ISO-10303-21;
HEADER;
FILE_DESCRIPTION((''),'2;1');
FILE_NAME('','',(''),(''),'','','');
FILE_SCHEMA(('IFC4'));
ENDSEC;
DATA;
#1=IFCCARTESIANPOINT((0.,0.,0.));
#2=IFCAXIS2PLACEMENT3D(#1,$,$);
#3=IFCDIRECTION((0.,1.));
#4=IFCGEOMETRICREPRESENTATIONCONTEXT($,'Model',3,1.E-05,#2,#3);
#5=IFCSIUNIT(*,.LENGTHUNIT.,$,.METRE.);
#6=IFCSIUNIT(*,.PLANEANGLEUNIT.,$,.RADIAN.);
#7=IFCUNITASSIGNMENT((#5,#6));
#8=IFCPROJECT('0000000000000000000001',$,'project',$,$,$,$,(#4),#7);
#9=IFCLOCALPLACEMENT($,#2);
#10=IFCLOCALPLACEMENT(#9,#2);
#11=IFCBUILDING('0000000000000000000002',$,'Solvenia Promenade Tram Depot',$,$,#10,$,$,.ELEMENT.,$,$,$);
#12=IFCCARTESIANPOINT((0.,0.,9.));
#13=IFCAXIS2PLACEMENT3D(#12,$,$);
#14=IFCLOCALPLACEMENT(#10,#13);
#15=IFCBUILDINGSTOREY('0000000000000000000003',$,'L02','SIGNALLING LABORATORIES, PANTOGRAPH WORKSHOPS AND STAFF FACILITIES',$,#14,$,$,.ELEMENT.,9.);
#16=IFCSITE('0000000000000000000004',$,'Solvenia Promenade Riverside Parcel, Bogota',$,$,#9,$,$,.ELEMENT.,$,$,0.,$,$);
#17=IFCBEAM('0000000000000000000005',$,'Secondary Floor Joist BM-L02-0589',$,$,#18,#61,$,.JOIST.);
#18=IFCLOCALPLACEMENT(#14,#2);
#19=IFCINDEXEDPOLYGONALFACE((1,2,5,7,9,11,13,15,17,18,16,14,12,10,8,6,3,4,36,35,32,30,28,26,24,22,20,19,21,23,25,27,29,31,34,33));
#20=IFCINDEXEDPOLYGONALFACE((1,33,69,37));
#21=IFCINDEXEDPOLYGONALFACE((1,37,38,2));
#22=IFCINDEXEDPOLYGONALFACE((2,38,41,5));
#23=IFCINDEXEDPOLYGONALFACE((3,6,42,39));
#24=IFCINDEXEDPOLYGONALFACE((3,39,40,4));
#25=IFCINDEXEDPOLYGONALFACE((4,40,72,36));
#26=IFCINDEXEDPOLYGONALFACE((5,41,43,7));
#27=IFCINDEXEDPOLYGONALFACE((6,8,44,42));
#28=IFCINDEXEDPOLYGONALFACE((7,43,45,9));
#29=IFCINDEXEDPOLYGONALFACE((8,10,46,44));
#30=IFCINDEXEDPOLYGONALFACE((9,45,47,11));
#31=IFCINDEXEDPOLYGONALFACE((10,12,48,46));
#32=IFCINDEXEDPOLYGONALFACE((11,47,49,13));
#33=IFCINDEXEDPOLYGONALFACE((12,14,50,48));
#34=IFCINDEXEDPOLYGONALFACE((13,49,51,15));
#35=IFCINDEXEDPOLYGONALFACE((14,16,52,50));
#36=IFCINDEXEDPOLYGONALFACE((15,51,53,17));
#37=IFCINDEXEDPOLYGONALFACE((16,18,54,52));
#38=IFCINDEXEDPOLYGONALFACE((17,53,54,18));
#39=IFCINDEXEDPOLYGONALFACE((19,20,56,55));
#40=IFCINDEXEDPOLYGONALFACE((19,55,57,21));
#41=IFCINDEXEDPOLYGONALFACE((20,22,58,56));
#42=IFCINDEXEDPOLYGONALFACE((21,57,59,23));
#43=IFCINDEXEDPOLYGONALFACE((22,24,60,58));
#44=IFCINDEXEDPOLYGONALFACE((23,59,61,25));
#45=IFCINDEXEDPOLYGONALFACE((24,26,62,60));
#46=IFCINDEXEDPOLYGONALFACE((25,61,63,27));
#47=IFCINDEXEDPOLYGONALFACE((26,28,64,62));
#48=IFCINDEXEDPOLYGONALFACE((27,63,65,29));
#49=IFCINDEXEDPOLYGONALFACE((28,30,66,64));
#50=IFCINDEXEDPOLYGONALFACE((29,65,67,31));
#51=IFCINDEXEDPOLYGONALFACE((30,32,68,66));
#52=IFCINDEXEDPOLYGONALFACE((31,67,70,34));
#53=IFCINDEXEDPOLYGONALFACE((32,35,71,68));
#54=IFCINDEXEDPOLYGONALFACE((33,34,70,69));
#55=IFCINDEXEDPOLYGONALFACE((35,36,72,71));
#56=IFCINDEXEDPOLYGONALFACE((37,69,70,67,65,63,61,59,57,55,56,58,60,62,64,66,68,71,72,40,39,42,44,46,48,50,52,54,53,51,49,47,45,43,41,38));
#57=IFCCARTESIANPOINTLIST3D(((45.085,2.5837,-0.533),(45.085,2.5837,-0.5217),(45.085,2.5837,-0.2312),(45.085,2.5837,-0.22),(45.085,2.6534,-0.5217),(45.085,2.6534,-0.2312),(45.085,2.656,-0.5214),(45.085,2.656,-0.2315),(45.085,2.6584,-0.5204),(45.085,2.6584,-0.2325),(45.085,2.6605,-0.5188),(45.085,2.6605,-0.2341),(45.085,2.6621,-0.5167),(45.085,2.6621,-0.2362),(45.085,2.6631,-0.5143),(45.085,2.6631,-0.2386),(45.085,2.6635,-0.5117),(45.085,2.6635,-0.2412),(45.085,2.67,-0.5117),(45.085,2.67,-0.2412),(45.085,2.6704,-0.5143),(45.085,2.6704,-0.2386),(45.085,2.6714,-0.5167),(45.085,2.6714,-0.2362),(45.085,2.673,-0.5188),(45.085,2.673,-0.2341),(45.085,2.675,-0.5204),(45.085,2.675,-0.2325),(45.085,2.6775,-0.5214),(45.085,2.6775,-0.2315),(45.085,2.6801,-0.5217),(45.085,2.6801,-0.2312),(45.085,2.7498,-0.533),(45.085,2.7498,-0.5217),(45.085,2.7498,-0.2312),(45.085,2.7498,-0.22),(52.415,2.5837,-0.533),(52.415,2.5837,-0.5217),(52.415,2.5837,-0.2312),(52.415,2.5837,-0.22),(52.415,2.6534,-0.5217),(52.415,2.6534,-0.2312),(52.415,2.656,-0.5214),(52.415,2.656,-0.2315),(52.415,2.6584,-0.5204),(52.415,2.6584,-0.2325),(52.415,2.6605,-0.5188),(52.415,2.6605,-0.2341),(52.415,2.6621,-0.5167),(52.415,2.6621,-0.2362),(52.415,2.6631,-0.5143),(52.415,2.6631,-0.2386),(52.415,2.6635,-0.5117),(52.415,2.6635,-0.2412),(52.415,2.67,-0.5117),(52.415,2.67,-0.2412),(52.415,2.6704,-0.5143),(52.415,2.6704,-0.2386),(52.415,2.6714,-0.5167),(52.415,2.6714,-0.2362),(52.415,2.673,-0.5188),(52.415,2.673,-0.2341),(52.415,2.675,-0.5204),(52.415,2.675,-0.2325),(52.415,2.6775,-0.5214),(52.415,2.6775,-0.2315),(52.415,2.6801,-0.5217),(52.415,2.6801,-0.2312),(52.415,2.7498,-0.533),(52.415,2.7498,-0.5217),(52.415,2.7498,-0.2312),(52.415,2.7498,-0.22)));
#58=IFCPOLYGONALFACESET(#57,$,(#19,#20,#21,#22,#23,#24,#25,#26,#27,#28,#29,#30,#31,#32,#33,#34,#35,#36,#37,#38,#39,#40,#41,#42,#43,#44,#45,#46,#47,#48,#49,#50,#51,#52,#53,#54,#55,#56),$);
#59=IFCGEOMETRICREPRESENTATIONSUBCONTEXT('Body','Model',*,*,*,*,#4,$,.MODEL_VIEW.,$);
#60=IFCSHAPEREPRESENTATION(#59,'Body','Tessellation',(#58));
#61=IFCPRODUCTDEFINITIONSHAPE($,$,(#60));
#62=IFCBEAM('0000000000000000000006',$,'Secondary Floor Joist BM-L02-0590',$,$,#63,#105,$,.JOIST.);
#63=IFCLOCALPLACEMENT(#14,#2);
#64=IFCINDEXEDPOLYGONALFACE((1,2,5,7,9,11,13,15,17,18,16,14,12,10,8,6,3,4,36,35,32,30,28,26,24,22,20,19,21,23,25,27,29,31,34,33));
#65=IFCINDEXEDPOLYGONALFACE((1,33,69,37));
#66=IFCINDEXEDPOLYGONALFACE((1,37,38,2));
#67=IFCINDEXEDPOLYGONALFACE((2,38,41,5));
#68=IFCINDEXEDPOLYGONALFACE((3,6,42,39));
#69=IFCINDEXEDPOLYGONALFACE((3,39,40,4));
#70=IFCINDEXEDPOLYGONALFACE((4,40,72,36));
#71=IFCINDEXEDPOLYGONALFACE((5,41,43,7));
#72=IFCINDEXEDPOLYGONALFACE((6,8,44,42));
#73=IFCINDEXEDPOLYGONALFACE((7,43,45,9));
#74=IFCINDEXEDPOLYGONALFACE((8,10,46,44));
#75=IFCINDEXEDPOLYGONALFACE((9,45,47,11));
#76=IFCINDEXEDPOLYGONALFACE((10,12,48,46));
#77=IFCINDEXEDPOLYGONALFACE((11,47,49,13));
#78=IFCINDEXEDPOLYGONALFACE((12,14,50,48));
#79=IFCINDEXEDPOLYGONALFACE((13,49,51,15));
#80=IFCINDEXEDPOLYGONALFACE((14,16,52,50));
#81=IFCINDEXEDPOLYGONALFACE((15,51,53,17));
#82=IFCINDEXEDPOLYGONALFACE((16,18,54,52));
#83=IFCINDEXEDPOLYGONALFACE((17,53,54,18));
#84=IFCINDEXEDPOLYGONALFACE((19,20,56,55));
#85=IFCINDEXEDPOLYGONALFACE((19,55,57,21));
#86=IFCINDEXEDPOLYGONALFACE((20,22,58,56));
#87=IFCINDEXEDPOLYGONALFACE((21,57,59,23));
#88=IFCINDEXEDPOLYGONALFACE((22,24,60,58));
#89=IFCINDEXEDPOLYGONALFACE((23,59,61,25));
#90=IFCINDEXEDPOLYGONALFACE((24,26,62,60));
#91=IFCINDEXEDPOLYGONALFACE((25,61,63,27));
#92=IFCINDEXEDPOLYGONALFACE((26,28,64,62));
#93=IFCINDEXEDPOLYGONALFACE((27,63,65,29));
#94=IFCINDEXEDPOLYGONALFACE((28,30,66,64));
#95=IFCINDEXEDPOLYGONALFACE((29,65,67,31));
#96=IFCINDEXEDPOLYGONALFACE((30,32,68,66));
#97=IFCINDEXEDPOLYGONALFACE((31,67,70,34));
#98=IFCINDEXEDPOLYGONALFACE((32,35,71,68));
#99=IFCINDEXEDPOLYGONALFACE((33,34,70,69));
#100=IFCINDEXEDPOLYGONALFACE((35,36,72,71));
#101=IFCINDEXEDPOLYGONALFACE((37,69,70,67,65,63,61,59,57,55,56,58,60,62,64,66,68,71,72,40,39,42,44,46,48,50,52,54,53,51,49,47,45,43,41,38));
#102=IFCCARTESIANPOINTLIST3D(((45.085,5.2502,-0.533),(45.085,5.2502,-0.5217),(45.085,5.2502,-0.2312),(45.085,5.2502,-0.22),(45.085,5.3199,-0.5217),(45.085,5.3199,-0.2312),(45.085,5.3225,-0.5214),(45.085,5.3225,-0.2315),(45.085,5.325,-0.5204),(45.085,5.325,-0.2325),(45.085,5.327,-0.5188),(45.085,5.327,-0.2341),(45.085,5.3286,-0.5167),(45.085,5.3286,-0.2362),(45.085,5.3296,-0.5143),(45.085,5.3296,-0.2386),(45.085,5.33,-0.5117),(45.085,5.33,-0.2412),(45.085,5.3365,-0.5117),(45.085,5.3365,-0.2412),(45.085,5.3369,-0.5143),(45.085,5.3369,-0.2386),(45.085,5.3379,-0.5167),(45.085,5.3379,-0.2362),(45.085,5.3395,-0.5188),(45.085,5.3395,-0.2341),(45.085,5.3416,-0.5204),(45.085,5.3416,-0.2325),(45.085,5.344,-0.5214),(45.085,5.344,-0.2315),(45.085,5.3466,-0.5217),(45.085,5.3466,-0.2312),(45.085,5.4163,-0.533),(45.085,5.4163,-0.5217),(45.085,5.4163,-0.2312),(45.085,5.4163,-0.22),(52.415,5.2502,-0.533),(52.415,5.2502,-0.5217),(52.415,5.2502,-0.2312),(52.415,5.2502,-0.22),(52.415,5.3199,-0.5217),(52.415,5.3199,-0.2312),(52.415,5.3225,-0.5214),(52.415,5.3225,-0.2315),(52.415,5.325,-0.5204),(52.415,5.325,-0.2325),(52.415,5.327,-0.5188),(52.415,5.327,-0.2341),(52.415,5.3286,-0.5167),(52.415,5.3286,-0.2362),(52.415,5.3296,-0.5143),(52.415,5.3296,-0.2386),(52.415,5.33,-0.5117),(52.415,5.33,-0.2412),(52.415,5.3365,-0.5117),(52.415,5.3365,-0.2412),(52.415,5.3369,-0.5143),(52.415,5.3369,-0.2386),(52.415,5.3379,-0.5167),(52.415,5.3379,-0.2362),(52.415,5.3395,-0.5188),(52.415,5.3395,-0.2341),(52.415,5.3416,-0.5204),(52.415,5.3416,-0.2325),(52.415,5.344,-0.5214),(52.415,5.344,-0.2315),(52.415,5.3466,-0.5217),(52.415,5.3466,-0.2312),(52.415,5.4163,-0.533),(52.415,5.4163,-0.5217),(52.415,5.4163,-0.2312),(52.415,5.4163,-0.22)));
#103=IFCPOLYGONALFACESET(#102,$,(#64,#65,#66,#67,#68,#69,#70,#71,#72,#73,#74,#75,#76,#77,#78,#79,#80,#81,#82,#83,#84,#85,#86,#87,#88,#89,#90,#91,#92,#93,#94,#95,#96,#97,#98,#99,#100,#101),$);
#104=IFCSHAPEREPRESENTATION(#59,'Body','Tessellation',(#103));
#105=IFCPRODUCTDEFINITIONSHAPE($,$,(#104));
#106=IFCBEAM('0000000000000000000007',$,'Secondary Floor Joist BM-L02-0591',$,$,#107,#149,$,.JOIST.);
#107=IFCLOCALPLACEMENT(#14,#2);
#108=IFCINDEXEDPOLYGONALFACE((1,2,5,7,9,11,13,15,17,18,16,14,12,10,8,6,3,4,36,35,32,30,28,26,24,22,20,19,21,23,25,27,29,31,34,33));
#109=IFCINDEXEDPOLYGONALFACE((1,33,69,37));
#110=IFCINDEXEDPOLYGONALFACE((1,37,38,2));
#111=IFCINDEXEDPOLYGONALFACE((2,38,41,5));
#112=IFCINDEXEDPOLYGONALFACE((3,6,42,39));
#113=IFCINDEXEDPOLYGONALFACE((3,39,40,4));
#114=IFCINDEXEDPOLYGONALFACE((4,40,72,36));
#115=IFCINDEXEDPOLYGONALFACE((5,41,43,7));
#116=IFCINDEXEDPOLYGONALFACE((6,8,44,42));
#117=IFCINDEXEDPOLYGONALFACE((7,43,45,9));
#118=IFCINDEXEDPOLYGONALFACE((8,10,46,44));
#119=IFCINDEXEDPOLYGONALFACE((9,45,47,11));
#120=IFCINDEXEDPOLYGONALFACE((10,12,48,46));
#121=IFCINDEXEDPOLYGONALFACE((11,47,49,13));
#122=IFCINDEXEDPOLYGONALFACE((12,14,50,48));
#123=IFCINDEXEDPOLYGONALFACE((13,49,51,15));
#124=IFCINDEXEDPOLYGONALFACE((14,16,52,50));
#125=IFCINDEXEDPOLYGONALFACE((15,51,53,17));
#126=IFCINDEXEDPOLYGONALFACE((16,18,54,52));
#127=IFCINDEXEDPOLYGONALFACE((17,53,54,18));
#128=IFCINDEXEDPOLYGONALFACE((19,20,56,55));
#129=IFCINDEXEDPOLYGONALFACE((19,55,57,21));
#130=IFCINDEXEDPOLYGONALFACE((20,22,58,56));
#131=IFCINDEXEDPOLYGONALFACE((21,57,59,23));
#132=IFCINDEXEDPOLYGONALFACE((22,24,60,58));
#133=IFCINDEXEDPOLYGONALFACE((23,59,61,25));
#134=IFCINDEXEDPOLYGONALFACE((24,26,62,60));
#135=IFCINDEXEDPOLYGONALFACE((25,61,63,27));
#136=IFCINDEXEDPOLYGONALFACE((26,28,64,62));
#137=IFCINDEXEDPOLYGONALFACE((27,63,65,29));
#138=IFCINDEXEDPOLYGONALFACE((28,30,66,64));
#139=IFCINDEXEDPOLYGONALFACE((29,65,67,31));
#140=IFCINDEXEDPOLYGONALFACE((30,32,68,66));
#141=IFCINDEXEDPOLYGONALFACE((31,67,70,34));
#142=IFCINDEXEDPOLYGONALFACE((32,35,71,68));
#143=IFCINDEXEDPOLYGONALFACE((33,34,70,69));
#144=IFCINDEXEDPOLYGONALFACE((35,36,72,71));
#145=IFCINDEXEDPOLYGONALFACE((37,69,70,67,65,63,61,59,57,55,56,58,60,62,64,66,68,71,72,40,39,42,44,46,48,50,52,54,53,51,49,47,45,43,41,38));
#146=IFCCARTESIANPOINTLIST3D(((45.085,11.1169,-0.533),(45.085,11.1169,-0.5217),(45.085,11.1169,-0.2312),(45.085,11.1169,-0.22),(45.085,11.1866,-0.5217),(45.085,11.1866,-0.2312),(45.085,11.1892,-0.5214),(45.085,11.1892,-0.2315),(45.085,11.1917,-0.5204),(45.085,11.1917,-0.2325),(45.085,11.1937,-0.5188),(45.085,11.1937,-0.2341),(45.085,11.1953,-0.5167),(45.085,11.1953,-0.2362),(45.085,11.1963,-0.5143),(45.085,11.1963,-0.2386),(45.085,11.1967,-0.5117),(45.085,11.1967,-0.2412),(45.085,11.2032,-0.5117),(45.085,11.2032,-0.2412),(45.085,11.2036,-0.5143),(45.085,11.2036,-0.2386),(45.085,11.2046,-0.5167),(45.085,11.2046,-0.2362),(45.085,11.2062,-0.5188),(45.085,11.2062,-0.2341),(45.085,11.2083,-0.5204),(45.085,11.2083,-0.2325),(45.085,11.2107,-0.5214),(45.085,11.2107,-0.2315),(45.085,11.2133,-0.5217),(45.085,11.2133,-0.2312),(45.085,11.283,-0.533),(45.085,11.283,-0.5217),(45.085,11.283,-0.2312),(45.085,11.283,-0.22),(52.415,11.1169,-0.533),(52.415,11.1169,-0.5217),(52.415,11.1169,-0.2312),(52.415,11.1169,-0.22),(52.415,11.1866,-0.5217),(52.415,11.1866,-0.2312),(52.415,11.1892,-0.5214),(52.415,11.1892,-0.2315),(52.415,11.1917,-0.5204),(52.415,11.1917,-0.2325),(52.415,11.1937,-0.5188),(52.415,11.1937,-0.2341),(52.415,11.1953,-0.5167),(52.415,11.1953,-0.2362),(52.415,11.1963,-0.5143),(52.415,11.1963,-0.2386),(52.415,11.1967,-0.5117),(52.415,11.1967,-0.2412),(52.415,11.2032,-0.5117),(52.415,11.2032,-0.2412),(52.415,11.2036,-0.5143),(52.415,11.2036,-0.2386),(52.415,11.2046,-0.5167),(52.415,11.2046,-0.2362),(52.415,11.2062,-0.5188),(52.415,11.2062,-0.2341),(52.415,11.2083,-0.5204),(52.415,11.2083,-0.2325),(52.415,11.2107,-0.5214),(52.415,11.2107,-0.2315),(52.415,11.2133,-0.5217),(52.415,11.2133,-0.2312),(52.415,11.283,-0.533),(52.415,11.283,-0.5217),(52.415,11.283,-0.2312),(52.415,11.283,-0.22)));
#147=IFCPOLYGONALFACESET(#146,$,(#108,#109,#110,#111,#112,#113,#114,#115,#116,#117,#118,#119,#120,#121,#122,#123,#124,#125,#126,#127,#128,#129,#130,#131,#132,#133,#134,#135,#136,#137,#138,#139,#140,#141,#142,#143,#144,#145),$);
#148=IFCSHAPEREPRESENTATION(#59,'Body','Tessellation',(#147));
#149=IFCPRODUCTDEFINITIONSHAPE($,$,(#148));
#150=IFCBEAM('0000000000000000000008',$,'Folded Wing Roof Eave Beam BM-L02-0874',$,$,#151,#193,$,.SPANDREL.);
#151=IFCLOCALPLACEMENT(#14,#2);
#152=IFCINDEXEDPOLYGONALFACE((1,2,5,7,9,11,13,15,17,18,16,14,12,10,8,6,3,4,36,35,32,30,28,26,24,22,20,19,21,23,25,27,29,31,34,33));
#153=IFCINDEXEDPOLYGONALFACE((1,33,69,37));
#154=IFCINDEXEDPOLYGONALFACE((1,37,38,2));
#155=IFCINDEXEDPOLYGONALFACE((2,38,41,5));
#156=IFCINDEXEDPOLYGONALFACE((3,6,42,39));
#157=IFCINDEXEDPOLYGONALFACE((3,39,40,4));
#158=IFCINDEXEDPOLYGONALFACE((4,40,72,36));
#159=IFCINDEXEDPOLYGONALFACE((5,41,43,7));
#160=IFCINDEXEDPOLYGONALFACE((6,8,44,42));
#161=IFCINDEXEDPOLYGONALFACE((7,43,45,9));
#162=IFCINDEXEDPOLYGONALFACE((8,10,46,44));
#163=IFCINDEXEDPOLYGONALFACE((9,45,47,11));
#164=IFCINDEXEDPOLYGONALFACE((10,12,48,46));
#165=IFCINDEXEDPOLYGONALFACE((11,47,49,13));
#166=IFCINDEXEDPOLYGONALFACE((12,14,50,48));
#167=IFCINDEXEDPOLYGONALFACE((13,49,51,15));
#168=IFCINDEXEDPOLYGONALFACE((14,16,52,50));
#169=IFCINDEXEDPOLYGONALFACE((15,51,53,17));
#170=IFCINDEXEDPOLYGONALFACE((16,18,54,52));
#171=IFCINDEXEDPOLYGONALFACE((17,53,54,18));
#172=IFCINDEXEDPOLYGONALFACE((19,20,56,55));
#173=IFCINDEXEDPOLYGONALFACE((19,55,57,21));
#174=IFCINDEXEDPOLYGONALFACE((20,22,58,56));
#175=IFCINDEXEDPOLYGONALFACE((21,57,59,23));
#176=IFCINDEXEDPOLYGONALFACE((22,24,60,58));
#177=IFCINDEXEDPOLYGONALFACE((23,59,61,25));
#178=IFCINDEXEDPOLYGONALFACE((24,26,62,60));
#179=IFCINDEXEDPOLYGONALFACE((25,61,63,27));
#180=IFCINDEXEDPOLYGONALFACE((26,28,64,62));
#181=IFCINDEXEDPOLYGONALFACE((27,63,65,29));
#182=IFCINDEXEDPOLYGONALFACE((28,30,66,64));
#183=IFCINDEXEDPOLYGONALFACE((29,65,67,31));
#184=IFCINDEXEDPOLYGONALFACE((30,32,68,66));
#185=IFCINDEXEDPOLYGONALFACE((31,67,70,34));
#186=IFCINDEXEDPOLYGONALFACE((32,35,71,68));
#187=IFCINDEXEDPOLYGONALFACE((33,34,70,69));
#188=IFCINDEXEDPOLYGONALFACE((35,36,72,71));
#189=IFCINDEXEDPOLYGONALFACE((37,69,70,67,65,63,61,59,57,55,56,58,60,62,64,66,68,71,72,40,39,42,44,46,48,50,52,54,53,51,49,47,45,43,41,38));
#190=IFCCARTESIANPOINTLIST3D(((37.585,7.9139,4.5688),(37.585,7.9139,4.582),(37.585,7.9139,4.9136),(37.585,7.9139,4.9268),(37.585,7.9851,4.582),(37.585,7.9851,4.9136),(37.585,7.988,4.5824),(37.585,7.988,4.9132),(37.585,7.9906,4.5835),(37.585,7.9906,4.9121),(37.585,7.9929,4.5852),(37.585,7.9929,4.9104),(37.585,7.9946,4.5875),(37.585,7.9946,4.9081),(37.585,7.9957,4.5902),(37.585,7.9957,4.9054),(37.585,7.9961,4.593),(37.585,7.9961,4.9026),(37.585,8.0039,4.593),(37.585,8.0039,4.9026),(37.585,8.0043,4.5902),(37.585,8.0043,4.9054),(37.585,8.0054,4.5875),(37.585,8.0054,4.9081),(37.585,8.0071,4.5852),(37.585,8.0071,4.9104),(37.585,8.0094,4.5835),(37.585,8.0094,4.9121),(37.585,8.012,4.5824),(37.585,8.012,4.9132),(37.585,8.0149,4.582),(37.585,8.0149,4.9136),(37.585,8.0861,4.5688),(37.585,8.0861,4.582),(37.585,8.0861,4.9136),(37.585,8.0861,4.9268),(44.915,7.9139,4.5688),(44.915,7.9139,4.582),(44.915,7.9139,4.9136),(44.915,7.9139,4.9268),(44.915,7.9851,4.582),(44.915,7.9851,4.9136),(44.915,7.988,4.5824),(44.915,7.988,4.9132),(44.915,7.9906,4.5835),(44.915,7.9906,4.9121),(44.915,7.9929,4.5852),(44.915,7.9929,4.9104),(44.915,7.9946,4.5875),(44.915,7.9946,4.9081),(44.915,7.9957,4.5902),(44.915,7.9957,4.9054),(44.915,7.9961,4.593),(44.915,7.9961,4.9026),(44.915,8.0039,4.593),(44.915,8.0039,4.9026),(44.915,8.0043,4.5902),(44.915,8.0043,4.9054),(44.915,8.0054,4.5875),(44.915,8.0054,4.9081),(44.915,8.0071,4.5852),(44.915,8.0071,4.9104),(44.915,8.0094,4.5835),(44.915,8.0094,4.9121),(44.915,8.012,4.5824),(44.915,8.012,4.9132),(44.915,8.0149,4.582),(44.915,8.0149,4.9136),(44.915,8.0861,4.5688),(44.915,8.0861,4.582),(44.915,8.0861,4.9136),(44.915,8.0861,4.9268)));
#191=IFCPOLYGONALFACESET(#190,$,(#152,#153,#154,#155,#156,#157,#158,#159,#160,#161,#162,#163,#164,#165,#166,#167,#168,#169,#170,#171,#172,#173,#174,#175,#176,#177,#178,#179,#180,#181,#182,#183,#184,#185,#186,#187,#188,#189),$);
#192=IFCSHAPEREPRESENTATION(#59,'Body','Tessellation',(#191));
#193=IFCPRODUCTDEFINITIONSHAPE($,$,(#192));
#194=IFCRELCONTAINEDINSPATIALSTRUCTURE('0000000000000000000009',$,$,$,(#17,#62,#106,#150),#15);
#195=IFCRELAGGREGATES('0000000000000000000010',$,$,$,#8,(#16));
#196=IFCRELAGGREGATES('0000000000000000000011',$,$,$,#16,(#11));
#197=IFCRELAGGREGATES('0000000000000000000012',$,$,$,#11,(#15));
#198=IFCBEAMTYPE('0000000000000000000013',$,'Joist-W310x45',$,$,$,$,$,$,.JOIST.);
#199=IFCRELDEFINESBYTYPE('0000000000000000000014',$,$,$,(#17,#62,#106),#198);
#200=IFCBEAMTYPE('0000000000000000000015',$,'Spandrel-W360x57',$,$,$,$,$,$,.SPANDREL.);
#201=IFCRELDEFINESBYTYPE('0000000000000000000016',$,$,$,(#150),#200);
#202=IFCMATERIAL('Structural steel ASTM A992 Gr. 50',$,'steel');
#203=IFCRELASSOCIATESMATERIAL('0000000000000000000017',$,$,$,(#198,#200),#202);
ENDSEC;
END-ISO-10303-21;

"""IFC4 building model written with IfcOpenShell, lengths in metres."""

from ifc_helpers import new_model, si_unit, direction, frame, origin, origin_2d, place, context, subcontext, project, spatial, i_section, extrude, material, material_profile, profile_set, type_object, element, save


model = new_model("IFC4")

# Units and contexts
model_context = context("Model", 3, precision=1e-05, world=origin(), true_north=direction((0.0, 1.0)))
body_context = subcontext(model_context, "Body", "Model", "MODEL_VIEW")
ifc_project = project(units=[si_unit("LENGTHUNIT", "METRE"), si_unit("PLANEANGLEUNIT", "RADIAN")], contexts=[model_context])

# Site, building, storey
site_placement = place(None, origin())
site = spatial("IfcSite", under=ifc_project, at=site_placement, Name="Solvenia Promenade Riverside Parcel, Bogota", CompositionType="ELEMENT", RefElevation=0.0)
building_placement = place(site_placement, origin())
building = spatial("IfcBuilding", under=site, at=building_placement, Name="Solvenia Promenade Tram Depot", CompositionType="ELEMENT")
storey_placement = place(building_placement, frame((0.0, 0.0, 9.0)))
storey = spatial("IfcBuildingStorey", under=building, at=storey_placement, Name="L02", Description="SIGNALLING LABORATORIES, PANTOGRAPH WORKSHOPS AND STAFF FACILITIES", CompositionType="ELEMENT", Elevation=9.0)

# Shared definitions
ifc_material_1 = material(Name="Structural steel ASTM A992 Gr. 50", Category="steel")

# Beams
ifc_material_profile_1 = material_profile(ifc_material_1, i_section(OverallWidth=0.166, OverallDepth=0.313, WebThickness=0.0066, FlangeThickness=0.0112, FilletRadius=0.01, at=origin_2d()), Name="W310x45", Category="steel")
ifc_profile_set_1 = profile_set([ifc_material_profile_1], Name="Structural steel ASTM A992 Gr. 50")
beam_type_1 = type_object("IfcBeamType", Name="Joist-W310x45", PredefinedType="JOIST", material=ifc_profile_set_1)
for number, where, z_axis, x_axis, name in (
    (1, (45.085, 2.6667, -0.3765), (1.0, 0.0, 0.0), (0.0, 1.0, 0.0), "Secondary Floor Joist BM-L02-0589"),
    (2, (45.085, 5.3333, -0.3765), (1.0, 0.0, 0.0), (0.0, 1.0, 0.0), "Secondary Floor Joist BM-L02-0590"),
    (3, (45.085, 11.2, -0.3765), (1.0, 0.0, 0.0), (0.0, 1.0, 0.0), "Secondary Floor Joist BM-L02-0591"),
):
    element("IfcBeam", number, at=place(storey_placement, frame(where, z_axis=z_axis, x_axis=x_axis)), inside=storey, type_object=beam_type_1, Name=name, PredefinedType="JOIST", context=body_context, shape_type="SweptSolid", body=[
        extrude(i_section(OverallWidth=0.166, OverallDepth=0.313, WebThickness=0.0066, FlangeThickness=0.0112, FilletRadius=0.01, at=origin_2d()), origin(), (0.0, 0.0, 1.0), 7.3301),
    ])
ifc_material_profile_2 = material_profile(ifc_material_1, i_section(OverallWidth=0.1721, OverallDepth=0.3579, WebThickness=0.0078, FlangeThickness=0.0132, FilletRadius=0.011, at=origin_2d()), Name="W360x57", Category="steel")
ifc_profile_set_2 = profile_set([ifc_material_profile_2], Name="Structural steel ASTM A992 Gr. 50")
beam_type_2 = type_object("IfcBeamType", Name="Spandrel-W360x57", PredefinedType="SPANDREL", material=ifc_profile_set_2)
for number, where, z_axis, x_axis, name in (
    (4, (37.585, 8.0, 4.7478), (1.0, 0.0, 0.0), (0.0, 1.0, 0.0), "Folded Wing Roof Eave Beam BM-L02-0874"),
):
    element("IfcBeam", number, at=place(storey_placement, frame(where, z_axis=z_axis, x_axis=x_axis)), inside=storey, type_object=beam_type_2, Name=name, PredefinedType="SPANDREL", context=body_context, shape_type="SweptSolid", body=[
        extrude(i_section(OverallWidth=0.1721, OverallDepth=0.3579, WebThickness=0.0078, FlangeThickness=0.0132, FilletRadius=0.011, at=origin_2d()), origin(), (0.0, 0.0, 1.0), 7.3301),
    ])

save(model, "model.ifc")
